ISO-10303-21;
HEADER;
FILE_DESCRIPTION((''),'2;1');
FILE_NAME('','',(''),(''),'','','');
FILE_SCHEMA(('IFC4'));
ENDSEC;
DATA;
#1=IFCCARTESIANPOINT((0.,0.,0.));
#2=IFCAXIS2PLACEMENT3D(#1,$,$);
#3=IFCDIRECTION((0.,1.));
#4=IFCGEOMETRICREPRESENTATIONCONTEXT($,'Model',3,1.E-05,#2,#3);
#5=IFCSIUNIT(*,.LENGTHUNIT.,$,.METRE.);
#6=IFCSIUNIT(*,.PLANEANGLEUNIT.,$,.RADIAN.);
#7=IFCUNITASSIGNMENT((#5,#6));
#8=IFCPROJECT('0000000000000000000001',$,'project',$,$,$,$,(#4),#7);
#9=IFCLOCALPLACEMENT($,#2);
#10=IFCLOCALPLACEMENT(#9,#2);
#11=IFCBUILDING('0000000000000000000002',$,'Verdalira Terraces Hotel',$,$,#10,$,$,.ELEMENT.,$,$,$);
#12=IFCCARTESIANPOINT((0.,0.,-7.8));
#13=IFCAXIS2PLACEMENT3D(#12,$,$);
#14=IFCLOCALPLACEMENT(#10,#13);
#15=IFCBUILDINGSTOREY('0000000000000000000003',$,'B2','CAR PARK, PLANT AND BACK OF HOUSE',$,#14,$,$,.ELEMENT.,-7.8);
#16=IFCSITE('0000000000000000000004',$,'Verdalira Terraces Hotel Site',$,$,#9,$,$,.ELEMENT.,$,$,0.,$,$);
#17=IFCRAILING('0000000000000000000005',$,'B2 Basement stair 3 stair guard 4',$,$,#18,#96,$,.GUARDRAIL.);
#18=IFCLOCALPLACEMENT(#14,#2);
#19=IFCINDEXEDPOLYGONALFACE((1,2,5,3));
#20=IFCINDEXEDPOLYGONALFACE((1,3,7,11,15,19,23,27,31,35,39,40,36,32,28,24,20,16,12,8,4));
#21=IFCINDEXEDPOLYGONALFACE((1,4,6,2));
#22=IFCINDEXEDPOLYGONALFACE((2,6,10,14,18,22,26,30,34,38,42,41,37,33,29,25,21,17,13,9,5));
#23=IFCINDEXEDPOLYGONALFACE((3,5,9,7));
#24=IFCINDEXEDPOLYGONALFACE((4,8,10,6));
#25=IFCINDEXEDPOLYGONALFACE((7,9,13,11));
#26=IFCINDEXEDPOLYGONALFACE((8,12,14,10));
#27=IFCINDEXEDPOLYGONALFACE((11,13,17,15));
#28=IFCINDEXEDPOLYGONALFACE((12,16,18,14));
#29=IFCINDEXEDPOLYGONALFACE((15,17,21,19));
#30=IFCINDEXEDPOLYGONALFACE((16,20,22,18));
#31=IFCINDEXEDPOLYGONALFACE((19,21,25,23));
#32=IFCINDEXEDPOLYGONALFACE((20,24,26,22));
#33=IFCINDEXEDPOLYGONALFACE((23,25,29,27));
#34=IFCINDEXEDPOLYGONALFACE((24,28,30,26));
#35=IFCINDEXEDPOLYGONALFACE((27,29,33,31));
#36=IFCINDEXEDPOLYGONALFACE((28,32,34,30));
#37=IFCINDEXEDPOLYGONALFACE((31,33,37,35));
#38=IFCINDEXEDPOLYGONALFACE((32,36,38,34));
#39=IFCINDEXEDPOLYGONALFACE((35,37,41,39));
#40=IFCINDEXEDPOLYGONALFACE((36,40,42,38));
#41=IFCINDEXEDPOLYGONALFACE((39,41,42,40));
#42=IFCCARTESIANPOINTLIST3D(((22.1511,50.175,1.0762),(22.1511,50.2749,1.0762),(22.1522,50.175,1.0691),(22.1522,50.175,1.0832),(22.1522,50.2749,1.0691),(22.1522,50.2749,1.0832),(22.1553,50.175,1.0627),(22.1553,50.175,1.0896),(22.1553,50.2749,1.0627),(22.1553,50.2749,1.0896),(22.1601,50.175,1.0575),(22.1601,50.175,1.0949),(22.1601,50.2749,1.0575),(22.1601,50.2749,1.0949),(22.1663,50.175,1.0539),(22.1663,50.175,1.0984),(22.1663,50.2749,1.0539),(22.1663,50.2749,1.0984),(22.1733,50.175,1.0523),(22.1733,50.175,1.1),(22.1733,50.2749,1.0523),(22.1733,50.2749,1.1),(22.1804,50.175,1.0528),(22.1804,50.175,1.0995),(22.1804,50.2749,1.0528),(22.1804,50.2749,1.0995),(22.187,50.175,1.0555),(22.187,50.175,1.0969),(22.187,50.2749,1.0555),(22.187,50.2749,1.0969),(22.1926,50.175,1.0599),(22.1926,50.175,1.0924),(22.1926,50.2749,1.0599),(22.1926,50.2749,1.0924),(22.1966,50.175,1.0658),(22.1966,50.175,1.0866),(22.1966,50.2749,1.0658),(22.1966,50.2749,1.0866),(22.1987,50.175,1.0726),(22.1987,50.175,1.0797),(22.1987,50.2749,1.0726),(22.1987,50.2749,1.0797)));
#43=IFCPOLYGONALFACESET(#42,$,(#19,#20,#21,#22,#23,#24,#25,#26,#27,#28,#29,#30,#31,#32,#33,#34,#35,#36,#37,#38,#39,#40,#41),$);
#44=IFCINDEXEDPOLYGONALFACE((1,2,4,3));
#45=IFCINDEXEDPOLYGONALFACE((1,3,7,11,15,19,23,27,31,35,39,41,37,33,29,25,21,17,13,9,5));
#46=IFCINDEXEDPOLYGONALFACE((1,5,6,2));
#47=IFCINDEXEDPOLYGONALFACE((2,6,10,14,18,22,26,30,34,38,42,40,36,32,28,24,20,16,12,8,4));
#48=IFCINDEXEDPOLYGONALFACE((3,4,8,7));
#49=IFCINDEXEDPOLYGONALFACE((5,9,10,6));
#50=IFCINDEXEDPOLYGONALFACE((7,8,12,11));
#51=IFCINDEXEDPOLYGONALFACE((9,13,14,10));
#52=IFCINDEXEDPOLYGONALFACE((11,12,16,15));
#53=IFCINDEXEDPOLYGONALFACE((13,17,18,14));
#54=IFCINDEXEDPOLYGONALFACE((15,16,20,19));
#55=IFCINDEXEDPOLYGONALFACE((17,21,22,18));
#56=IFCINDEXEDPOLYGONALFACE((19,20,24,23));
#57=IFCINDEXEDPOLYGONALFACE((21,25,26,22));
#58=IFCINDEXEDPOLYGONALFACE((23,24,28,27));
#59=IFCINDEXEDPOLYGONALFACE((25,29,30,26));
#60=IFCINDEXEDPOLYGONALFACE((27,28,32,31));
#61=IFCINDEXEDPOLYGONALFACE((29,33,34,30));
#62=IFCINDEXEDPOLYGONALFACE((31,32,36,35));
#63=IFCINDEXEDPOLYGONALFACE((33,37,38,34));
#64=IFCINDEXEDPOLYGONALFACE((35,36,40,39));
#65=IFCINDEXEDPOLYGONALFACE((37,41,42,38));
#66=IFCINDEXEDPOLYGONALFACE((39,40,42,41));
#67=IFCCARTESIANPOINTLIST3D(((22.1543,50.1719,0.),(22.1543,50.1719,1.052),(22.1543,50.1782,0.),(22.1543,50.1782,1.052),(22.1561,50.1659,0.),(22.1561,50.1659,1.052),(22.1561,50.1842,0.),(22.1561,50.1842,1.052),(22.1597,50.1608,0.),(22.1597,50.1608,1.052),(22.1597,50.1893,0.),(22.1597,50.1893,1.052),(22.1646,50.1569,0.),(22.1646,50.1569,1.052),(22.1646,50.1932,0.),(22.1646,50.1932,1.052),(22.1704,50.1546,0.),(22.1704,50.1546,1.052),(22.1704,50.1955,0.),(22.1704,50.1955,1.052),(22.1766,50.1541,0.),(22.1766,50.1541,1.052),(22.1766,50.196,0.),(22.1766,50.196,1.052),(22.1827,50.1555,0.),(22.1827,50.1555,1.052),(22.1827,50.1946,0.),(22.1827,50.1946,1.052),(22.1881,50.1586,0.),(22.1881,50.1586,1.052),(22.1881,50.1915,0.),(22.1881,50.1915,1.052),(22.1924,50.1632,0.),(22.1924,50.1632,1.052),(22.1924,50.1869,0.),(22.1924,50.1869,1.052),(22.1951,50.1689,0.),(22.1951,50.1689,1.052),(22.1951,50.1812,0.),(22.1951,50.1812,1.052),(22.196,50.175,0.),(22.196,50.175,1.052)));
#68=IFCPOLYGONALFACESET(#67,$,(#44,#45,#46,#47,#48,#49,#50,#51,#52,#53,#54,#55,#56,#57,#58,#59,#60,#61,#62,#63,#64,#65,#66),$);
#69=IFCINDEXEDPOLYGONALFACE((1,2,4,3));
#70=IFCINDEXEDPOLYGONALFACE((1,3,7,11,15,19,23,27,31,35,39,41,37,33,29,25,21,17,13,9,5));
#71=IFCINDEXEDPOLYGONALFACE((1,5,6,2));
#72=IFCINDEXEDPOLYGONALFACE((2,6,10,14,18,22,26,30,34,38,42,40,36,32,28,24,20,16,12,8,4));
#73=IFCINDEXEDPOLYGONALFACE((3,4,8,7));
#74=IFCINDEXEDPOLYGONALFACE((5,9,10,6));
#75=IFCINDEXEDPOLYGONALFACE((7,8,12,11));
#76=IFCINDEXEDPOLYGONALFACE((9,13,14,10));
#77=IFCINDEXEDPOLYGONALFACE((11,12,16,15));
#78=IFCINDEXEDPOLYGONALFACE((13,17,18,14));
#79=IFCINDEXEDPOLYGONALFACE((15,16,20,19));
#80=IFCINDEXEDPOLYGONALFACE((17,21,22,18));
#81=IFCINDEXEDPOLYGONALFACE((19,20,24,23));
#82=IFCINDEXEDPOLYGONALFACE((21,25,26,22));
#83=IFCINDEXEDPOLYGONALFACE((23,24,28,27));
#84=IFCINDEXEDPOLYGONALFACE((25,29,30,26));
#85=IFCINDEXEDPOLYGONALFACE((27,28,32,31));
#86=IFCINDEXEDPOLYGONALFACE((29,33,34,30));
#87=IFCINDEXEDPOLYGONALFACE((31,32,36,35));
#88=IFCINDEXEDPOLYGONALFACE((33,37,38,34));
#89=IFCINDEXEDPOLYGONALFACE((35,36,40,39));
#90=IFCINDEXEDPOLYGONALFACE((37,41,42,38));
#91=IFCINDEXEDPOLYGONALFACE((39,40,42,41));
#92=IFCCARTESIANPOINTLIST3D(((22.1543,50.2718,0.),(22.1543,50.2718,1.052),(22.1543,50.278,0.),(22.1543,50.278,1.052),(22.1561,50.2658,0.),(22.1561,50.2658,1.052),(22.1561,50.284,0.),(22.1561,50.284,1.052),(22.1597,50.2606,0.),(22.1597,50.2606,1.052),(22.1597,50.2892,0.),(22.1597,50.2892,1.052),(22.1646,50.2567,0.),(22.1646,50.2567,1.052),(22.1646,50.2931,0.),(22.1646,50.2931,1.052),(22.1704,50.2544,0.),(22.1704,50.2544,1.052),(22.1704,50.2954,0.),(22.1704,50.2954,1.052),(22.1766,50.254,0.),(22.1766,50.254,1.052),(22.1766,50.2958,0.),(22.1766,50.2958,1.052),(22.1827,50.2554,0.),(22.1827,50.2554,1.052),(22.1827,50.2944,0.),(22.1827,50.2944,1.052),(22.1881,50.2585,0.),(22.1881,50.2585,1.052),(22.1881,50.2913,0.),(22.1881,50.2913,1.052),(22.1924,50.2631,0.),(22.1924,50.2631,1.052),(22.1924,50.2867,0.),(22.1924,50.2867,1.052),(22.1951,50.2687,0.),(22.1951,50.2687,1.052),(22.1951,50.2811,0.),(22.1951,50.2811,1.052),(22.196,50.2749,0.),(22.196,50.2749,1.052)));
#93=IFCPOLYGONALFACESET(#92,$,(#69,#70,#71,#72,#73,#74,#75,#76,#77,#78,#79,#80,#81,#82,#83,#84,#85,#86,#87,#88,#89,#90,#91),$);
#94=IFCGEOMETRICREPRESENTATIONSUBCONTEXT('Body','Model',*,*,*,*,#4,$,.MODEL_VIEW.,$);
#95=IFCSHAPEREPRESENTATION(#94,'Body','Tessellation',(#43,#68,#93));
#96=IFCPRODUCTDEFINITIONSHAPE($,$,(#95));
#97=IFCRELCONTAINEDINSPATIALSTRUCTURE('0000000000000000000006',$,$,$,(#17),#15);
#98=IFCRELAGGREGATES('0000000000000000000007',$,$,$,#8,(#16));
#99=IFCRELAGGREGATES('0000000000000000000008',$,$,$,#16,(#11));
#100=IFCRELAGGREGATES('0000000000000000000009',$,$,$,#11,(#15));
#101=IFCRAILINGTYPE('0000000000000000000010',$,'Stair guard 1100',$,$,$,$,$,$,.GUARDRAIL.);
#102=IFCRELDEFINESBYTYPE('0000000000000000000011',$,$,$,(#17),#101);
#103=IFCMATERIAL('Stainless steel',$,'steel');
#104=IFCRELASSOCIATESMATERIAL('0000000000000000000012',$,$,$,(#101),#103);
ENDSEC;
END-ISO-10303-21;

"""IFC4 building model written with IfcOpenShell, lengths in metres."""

from ifc_helpers import new_model, si_unit, direction, frame, origin, origin_2d, place, context, subcontext, project, spatial, circle, extrude, material, type_object, element, save


model = new_model("IFC4")

# Units and contexts
model_context = context("Model", 3, precision=1e-05, world=origin(), true_north=direction((0.0, 1.0)))
body_context = subcontext(model_context, "Body", "Model", "MODEL_VIEW")
ifc_project = project(units=[si_unit("LENGTHUNIT", "METRE"), si_unit("PLANEANGLEUNIT", "RADIAN")], contexts=[model_context])

# Site, building, storey
site_placement = place(None, origin())
site = spatial("IfcSite", under=ifc_project, at=site_placement, Name="Verdalira Terraces Hotel Site", CompositionType="ELEMENT", RefElevation=0.0)
building_placement = place(site_placement, origin())
building = spatial("IfcBuilding", under=site, at=building_placement, Name="Verdalira Terraces Hotel", CompositionType="ELEMENT")
storey_placement = place(building_placement, frame((0.0, 0.0, -7.8)))
storey = spatial("IfcBuildingStorey", under=building, at=storey_placement, Name="B2", Description="CAR PARK, PLANT AND BACK OF HOUSE", CompositionType="ELEMENT", Elevation=-7.8)

# Railing
ifc_material_1 = material(Name="Stainless steel", Category="steel")
railing_type_1 = type_object("IfcRailingType", Name="Stair guard 1100", PredefinedType="GUARDRAIL", material=ifc_material_1)
railing_1_placement = place(storey_placement, frame((22.175, 50.175, 0.0)))
element("IfcRailing", 1, at=railing_1_placement, inside=storey, type_object=railing_type_1, Name="B2 Basement stair 3 stair guard 4", PredefinedType="GUARDRAIL", context=body_context, shape_type="SweptSolid", body=[
    extrude(circle(Radius=0.0239, at=origin_2d()), frame((0.0, 0.0, 1.0762), z_axis=(0.0, 1.0, 0.0), x_axis=(-1.0, 0.0, 0.0)), (0.0, 0.0, 1.0), 0.0999),
    extrude(circle(Radius=0.021, at=origin_2d()), origin(), (0.0, 0.0, 1.0), 1.052),
    extrude(circle(Radius=0.021, at=origin_2d()), frame((0.0, 0.0999, 0.0)), (0.0, 0.0, 1.0), 1.052),
])

save(model, "model.ifc")
